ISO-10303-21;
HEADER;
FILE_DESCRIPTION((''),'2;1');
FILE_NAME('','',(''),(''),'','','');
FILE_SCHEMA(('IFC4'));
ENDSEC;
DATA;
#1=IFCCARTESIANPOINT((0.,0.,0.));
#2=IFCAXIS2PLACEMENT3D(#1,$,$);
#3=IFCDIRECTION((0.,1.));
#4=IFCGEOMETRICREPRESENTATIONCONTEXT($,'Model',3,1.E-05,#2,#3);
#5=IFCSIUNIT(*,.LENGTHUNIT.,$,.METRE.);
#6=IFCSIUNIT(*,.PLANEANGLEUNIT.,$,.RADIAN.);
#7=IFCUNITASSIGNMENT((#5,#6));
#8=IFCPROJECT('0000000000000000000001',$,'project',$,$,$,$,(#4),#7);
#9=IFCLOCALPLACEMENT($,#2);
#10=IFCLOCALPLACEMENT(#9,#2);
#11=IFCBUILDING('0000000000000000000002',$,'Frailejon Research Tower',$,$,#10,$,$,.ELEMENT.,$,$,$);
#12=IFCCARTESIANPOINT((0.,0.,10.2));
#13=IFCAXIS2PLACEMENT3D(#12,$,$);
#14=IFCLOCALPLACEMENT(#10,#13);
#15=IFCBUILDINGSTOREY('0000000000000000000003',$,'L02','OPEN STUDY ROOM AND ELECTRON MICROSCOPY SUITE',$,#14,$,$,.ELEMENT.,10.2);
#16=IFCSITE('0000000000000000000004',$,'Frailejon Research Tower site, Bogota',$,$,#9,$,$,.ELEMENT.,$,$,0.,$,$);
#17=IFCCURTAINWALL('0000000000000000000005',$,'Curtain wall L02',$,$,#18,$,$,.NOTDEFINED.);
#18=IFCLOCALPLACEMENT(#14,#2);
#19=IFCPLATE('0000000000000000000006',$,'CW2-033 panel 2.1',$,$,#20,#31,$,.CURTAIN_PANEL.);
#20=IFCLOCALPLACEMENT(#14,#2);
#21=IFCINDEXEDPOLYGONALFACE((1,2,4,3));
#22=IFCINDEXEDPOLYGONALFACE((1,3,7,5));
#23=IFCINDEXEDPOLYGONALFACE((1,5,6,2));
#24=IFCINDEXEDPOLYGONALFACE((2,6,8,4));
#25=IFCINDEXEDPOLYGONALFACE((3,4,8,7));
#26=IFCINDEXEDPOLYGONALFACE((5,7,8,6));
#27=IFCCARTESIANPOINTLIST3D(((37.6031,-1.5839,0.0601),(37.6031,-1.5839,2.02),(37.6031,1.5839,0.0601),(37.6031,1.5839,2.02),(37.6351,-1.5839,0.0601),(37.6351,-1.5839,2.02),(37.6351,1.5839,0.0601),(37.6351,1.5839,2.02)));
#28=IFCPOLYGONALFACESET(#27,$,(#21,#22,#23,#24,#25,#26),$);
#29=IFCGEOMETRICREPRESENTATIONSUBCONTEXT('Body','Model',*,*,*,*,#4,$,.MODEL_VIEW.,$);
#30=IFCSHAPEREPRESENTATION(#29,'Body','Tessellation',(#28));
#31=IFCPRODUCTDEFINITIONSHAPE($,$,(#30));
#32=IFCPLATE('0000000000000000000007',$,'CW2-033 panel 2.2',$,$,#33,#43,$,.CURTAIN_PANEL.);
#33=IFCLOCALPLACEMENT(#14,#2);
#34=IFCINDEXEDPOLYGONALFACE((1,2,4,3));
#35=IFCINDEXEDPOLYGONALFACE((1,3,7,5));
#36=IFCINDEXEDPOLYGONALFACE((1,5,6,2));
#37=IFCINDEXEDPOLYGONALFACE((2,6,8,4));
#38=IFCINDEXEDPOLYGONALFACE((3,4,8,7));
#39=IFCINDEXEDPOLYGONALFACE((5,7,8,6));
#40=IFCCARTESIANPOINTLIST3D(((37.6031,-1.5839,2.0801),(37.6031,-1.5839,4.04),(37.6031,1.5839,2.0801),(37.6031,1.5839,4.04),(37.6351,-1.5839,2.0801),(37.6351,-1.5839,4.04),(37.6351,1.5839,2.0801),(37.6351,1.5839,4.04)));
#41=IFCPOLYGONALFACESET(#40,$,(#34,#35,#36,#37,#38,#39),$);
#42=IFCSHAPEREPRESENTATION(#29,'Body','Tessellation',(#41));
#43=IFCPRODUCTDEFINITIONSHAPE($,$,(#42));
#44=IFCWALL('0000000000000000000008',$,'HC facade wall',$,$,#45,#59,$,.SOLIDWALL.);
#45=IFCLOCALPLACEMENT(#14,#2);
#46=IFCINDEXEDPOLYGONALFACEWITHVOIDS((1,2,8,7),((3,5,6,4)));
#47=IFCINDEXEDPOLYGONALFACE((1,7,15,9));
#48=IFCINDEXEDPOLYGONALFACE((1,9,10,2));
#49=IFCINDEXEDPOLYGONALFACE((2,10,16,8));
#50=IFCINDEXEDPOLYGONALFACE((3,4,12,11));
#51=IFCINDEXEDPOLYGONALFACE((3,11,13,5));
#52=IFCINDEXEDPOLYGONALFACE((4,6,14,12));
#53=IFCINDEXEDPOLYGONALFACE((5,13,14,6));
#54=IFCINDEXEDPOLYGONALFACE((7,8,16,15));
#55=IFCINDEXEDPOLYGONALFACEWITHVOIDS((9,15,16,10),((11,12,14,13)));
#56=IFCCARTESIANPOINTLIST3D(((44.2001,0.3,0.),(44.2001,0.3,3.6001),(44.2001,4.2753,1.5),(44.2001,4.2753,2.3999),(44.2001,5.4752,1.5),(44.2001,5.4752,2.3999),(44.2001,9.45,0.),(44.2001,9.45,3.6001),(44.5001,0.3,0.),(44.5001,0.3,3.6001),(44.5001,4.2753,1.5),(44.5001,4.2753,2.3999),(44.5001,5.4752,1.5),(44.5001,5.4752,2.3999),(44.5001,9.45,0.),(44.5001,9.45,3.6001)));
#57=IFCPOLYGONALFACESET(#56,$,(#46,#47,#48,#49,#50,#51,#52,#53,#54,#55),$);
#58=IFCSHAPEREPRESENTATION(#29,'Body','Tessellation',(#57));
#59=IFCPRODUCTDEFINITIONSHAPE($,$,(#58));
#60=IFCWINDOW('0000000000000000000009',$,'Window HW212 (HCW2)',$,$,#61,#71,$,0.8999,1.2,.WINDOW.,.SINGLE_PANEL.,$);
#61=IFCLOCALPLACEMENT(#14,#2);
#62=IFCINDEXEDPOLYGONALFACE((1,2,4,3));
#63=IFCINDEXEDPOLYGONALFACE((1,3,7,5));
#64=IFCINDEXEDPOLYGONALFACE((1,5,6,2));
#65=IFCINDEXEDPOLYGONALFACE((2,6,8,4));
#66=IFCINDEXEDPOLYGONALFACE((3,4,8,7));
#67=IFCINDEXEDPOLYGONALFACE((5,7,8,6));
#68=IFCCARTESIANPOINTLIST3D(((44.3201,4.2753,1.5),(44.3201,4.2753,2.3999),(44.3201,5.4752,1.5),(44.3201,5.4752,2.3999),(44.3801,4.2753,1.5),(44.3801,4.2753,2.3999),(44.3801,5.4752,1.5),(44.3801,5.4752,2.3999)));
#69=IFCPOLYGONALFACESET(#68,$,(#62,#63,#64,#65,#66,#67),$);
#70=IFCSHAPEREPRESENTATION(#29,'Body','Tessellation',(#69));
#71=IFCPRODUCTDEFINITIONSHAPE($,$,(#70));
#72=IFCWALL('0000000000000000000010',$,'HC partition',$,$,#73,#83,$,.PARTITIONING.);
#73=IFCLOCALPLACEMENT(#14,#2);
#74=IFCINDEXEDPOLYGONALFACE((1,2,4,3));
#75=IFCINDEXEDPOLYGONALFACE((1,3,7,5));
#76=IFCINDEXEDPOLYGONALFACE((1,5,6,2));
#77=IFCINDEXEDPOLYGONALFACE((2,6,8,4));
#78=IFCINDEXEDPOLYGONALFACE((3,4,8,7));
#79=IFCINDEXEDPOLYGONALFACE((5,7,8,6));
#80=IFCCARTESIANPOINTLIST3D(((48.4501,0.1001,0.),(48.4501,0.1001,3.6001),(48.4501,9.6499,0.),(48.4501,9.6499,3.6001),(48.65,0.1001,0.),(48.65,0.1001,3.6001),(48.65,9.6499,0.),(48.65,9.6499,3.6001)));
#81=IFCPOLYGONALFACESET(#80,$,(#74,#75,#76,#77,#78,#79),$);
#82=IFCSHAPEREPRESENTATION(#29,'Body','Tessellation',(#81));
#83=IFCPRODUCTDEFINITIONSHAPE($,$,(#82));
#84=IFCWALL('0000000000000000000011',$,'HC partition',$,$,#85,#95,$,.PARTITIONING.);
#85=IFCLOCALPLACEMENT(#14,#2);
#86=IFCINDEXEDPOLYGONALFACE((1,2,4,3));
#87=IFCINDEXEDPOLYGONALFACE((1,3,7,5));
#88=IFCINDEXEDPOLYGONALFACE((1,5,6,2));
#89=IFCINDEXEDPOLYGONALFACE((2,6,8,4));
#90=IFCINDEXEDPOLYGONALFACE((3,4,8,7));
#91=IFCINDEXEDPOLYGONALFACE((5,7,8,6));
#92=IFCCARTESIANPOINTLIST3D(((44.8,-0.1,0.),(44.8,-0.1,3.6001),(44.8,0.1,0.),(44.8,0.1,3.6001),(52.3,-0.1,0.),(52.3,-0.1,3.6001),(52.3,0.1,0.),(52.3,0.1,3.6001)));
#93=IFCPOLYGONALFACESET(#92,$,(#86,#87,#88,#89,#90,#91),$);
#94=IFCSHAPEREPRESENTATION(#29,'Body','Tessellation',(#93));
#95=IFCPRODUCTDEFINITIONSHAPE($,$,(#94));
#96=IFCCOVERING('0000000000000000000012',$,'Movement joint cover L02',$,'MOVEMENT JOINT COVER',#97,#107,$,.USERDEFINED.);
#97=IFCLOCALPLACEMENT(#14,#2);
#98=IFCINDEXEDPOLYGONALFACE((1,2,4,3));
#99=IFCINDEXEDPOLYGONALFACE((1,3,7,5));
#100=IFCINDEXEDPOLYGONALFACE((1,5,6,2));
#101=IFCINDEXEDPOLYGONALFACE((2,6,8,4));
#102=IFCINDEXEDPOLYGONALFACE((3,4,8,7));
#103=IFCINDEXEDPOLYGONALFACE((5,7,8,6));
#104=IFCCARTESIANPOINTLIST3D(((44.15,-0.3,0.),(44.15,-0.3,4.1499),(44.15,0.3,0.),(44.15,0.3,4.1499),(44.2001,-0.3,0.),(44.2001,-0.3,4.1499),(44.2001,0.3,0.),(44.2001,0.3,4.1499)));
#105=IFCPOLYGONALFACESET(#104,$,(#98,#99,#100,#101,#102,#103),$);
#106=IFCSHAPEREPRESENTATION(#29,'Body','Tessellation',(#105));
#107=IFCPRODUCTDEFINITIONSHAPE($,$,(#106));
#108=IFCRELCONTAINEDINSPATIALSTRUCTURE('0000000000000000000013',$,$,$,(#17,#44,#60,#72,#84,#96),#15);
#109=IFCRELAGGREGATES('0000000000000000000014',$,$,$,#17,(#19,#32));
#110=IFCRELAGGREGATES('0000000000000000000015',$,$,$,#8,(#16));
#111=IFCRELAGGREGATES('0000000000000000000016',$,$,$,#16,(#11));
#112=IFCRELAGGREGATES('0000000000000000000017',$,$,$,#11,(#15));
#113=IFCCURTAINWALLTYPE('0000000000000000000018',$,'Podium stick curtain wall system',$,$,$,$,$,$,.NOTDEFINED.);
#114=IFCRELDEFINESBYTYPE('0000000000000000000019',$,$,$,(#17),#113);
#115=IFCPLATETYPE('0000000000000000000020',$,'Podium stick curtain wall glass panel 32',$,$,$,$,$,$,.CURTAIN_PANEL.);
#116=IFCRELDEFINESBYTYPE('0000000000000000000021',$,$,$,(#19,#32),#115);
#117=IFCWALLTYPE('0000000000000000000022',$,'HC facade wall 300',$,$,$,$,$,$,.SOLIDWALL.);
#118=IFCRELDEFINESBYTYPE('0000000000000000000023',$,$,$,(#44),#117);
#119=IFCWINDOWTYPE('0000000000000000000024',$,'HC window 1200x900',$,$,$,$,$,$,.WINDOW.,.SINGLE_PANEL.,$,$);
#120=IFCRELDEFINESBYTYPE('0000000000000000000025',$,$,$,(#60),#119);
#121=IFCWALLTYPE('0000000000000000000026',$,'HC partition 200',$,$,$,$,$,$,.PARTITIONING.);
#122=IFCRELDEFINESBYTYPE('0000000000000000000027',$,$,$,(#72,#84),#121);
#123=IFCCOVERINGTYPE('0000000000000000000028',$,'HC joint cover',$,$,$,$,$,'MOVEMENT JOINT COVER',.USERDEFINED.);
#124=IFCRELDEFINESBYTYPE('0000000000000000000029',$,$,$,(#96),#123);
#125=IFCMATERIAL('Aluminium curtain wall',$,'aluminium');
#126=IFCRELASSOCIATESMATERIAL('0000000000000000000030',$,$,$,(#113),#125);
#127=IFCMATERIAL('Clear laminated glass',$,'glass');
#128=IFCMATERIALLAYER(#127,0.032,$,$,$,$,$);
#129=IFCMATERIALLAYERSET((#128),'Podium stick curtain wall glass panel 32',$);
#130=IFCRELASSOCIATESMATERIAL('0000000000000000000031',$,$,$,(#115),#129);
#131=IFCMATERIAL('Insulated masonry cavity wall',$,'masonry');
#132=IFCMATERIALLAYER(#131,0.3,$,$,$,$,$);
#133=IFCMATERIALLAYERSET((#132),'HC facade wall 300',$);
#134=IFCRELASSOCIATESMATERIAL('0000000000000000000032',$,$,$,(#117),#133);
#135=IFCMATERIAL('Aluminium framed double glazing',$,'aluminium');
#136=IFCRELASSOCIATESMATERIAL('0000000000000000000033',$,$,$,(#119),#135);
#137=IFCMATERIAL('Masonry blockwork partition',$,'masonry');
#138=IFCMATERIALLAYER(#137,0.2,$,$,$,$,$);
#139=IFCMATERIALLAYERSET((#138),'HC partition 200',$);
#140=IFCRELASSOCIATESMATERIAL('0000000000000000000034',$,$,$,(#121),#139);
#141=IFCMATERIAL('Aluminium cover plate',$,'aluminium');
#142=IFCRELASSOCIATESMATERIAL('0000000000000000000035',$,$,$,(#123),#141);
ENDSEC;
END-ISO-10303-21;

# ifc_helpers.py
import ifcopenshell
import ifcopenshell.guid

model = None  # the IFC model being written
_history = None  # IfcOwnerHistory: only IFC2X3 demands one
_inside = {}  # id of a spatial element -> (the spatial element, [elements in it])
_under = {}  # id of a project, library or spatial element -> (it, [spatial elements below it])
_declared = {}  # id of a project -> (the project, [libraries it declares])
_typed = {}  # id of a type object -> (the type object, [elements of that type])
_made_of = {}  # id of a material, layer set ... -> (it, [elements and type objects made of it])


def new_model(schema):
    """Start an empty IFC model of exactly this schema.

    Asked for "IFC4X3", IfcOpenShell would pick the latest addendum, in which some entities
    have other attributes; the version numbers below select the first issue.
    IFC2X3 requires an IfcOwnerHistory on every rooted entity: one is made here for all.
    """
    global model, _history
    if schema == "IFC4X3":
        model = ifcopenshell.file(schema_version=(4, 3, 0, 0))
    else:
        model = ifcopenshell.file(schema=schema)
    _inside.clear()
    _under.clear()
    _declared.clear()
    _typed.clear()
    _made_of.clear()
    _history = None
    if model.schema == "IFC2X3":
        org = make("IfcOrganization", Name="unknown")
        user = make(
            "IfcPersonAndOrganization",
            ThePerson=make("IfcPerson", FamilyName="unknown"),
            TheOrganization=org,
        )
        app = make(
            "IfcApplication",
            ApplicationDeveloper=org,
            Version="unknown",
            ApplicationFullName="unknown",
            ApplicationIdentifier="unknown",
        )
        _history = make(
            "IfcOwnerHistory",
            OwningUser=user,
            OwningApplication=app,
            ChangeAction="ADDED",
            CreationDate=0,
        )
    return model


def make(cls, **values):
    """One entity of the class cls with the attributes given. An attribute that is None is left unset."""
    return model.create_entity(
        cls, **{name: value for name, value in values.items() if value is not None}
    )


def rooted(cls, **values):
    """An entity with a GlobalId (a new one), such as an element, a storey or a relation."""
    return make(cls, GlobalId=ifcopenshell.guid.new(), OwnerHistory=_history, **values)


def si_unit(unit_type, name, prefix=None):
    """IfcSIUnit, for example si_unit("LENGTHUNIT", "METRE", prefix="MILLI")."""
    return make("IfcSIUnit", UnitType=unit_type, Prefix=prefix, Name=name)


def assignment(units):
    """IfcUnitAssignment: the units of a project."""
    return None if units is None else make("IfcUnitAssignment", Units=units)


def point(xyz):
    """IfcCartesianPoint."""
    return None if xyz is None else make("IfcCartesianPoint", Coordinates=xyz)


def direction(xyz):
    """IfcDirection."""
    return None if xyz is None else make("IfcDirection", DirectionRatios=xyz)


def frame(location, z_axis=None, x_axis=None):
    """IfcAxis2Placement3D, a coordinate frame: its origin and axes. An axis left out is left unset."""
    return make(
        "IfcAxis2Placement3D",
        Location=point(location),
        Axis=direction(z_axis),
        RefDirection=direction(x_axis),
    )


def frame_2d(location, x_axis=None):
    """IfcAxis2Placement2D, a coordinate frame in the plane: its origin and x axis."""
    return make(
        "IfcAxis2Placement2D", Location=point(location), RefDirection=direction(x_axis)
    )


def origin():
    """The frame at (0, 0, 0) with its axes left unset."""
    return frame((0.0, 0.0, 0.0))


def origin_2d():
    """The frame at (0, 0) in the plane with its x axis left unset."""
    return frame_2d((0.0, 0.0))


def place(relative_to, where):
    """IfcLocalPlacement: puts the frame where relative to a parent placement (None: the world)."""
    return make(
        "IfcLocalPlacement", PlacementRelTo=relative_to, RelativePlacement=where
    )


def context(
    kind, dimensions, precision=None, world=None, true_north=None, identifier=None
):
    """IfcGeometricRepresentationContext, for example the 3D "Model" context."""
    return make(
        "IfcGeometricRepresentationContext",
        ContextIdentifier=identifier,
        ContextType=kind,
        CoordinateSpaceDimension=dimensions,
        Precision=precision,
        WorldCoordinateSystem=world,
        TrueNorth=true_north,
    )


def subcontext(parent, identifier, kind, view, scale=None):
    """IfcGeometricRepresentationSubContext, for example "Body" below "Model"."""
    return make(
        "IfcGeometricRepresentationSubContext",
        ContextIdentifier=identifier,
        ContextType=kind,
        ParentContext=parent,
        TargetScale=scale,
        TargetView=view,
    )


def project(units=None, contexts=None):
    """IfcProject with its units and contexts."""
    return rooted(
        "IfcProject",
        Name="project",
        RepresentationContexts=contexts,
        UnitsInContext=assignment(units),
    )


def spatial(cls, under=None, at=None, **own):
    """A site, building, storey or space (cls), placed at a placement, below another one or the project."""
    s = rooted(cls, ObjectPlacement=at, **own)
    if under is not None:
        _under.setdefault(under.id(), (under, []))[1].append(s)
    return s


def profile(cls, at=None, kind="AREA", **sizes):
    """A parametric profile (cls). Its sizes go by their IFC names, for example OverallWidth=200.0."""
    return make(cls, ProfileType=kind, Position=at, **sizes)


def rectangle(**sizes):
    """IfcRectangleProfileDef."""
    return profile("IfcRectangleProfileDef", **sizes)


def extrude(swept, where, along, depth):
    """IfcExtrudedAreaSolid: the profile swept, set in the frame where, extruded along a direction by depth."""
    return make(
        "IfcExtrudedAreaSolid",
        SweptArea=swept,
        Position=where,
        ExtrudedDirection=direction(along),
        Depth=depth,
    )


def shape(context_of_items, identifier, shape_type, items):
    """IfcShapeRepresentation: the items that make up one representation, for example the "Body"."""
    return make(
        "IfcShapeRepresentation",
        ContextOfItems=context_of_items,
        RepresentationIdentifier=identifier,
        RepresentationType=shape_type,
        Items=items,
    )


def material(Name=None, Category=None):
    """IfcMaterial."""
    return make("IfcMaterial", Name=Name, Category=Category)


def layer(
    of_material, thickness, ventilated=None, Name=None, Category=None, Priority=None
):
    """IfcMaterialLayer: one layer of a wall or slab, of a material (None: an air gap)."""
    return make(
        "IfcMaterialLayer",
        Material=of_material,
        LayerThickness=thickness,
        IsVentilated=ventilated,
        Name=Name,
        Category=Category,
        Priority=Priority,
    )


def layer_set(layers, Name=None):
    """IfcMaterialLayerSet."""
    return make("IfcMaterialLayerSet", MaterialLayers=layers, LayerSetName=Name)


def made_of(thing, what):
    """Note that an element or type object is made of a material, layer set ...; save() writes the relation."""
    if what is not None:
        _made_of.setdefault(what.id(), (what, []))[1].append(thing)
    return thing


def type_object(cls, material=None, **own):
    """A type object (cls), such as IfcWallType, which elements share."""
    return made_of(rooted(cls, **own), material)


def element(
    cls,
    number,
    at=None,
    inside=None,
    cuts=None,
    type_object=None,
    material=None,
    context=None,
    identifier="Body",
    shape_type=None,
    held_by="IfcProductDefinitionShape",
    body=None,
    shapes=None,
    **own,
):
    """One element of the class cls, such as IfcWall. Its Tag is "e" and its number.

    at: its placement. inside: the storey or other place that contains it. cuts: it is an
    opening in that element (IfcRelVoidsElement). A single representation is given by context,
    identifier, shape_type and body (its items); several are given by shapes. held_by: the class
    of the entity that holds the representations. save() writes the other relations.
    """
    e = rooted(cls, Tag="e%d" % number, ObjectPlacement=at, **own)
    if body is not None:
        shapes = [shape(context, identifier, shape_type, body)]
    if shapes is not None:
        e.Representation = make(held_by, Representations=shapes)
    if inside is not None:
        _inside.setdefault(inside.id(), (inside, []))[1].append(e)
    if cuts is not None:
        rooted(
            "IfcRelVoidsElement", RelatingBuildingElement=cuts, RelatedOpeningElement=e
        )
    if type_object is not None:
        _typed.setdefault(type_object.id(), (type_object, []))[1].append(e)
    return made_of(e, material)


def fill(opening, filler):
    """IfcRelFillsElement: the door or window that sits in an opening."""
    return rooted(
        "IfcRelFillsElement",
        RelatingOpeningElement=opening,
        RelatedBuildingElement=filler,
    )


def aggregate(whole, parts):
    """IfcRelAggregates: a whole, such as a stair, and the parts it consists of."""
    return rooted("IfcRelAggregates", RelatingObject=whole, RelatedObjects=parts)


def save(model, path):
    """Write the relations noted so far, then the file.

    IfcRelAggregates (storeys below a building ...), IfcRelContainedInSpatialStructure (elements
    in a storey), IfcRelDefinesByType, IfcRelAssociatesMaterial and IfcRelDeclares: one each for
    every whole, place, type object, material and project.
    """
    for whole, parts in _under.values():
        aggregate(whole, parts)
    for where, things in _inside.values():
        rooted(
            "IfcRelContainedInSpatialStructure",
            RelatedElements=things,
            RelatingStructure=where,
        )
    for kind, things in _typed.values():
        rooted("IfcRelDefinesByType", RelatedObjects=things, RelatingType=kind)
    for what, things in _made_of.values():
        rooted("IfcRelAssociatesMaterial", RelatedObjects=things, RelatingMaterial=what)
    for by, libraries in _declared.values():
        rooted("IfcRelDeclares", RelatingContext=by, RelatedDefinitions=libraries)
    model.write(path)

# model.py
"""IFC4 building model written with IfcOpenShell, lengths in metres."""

from ifc_helpers import new_model, si_unit, direction, frame, frame_2d, origin, origin_2d, place, context, subcontext, project, spatial, rectangle, extrude, material, layer, layer_set, type_object, element, fill, aggregate, save


model = new_model("IFC4")

# Units and contexts
model_context = context("Model", 3, precision=1e-05, world=origin(), true_north=direction((0.0, 1.0)))
body_context = subcontext(model_context, "Body", "Model", "MODEL_VIEW")
ifc_project = project(units=[si_unit("LENGTHUNIT", "METRE"), si_unit("PLANEANGLEUNIT", "RADIAN")], contexts=[model_context])

# Site, building, storey
site_placement = place(None, origin())
site = spatial("IfcSite", under=ifc_project, at=site_placement, Name="Frailejon Research Tower site, Bogota", CompositionType="ELEMENT", RefElevation=0.0)
building_placement = place(site_placement, origin())
building = spatial("IfcBuilding", under=site, at=building_placement, Name="Frailejon Research Tower", CompositionType="ELEMENT")
storey_placement = place(building_placement, frame((0.0, 0.0, 10.2)))
storey = spatial("IfcBuildingStorey", under=building, at=storey_placement, Name="L02", Description="OPEN STUDY ROOM AND ELECTRON MICROSCOPY SUITE", CompositionType="ELEMENT", Elevation=10.2)

# Curtain wall, plates
ifc_material_1 = material(Name="Aluminium curtain wall", Category="aluminium")
curtain_wall_type = type_object("IfcCurtainWallType", Name="Podium stick curtain wall system", PredefinedType="NOTDEFINED", material=ifc_material_1)
curtain_wall_placement = place(storey_placement, origin())
curtain_wall = element("IfcCurtainWall", 1, at=curtain_wall_placement, inside=storey, type_object=curtain_wall_type, Name="Curtain wall L02", PredefinedType="NOTDEFINED")
ifc_material_2 = material(Name="Clear laminated glass", Category="glass")
ifc_layer_1 = layer(ifc_material_2, 0.032)
ifc_layer_set_1 = layer_set([ifc_layer_1], Name="Podium stick curtain wall glass panel 32")
plate_type = type_object("IfcPlateType", Name="Podium stick curtain wall glass panel 32", PredefinedType="CURTAIN_PANEL", material=ifc_layer_set_1)
plate_1_placement = place(storey_placement, frame((37.6191, 0.0, 0.0601), z_axis=(0.0, 0.0, 1.0), x_axis=(0.0, 1.0, 0.0)))
plate_1 = element("IfcPlate", 2, at=plate_1_placement, type_object=plate_type, Name="CW2-033 panel 2.1", PredefinedType="CURTAIN_PANEL", context=body_context, shape_type="SweptSolid", body=[
    extrude(rectangle(XDim=3.1677, YDim=0.032, at=origin_2d()), origin(), (0.0, 0.0, 1.0), 1.96),
])
plate_2_placement = place(storey_placement, frame((37.6191, 0.0, 2.0801), z_axis=(0.0, 0.0, 1.0), x_axis=(0.0, 1.0, 0.0)))
plate_2 = element("IfcPlate", 3, at=plate_2_placement, type_object=plate_type, Name="CW2-033 panel 2.2", PredefinedType="CURTAIN_PANEL", context=body_context, shape_type="SweptSolid", body=[
    extrude(rectangle(XDim=3.1677, YDim=0.032, at=origin_2d()), origin(), (0.0, 0.0, 1.0), 1.96),
])
aggregate(curtain_wall, [plate_1, plate_2])

# Wall, opening, window
ifc_material_3 = material(Name="Insulated masonry cavity wall", Category="masonry")
ifc_layer_2 = layer(ifc_material_3, 0.3)
ifc_layer_set_2 = layer_set([ifc_layer_2], Name="HC facade wall 300")
wall_type_1 = type_object("IfcWallType", Name="HC facade wall 300", PredefinedType="SOLIDWALL", material=ifc_layer_set_2)
wall_1_placement = place(storey_placement, frame((44.3501, 0.3, 0.0), z_axis=(0.0, 0.0, 1.0), x_axis=(0.0, 1.0, 0.0)))
wall_1 = element("IfcWall", 4, at=wall_1_placement, inside=storey, type_object=wall_type_1, Name="HC facade wall", PredefinedType="SOLIDWALL", context=body_context, shape_type="SweptSolid", body=[
    extrude(rectangle(XDim=9.1499, YDim=0.3, at=frame_2d((4.575, 0.0))), origin(), (0.0, 0.0, 1.0), 3.6001),
])
opening_placement = place(wall_1_placement, frame((3.9751, 0.0, 1.5)))
opening = element("IfcOpeningElement", 5, at=opening_placement, cuts=wall_1, PredefinedType="OPENING", context=body_context, shape_type="SweptSolid", body=[
    extrude(rectangle(XDim=1.2, YDim=0.8999, at=frame_2d((0.6001, 0.45))), frame((0.0, 0.1599, 0.0), z_axis=(0.0, -1.0, 0.0), x_axis=(1.0, 0.0, 0.0)), (0.0, 0.0, 1.0), 0.3201),
])
ifc_material_4 = material(Name="Aluminium framed double glazing", Category="aluminium")
window_type = type_object("IfcWindowType", Name="HC window 1200x900", PartitioningType="SINGLE_PANEL", PredefinedType="WINDOW", material=ifc_material_4)
window_placement = place(opening_placement, origin())
window = element("IfcWindow", 6, at=window_placement, inside=storey, type_object=window_type, Name="Window HW212 (HCW2)", OverallHeight=0.8999, OverallWidth=1.2, PartitioningType="SINGLE_PANEL", PredefinedType="WINDOW", context=body_context, shape_type="SweptSolid", body=[
    extrude(rectangle(XDim=1.2, YDim=0.8999, at=frame_2d((0.6001, 0.45))), frame((0.0, 0.03, 0.0), z_axis=(0.0, -1.0, 0.0), x_axis=(1.0, 0.0, 0.0)), (0.0, 0.0, 1.0), 0.0601),
])
fill(opening, window)

# Walls
ifc_material_5 = material(Name="Masonry blockwork partition", Category="masonry")
ifc_layer_3 = layer(ifc_material_5, 0.2)
ifc_layer_set_3 = layer_set([ifc_layer_3], Name="HC partition 200")
wall_type_2 = type_object("IfcWallType", Name="HC partition 200", PredefinedType="PARTITIONING", material=ifc_layer_set_3)
wall_2_placement = place(storey_placement, frame((48.55, 0.1001, 0.0), z_axis=(0.0, 0.0, 1.0), x_axis=(0.0, 1.0, 0.0)))
element("IfcWall", 7, at=wall_2_placement, inside=storey, type_object=wall_type_2, Name="HC partition", PredefinedType="PARTITIONING", context=body_context, shape_type="SweptSolid", body=[
    extrude(rectangle(XDim=9.5498, YDim=0.2, at=frame_2d((4.7749, 0.0))), origin(), (0.0, 0.0, 1.0), 3.6001),
])
wall_3_placement = place(storey_placement, frame((44.8, 0.0, 0.0), z_axis=(0.0, 0.0, 1.0), x_axis=(1.0, 0.0, 0.0)))
element("IfcWall", 8, at=wall_3_placement, inside=storey, type_object=wall_type_2, Name="HC partition", PredefinedType="PARTITIONING", context=body_context, shape_type="SweptSolid", body=[
    extrude(rectangle(XDim=7.5, YDim=0.2, at=frame_2d((3.75, 0.0))), origin(), (0.0, 0.0, 1.0), 3.6001),
])

# Covering
ifc_material_6 = material(Name="Aluminium cover plate", Category="aluminium")
covering_type = type_object("IfcCoveringType", Name="HC joint cover", ElementType="MOVEMENT JOINT COVER", PredefinedType="USERDEFINED", material=ifc_material_6)
covering_placement = place(storey_placement, frame((44.175, 0.0, 0.0), z_axis=(0.0, 0.0, 1.0), x_axis=(1.0, 0.0, 0.0)))
element("IfcCovering", 9, at=covering_placement, inside=storey, type_object=covering_type, Name="Movement joint cover L02", ObjectType="MOVEMENT JOINT COVER", PredefinedType="USERDEFINED", context=body_context, shape_type="SweptSolid", body=[
    extrude(rectangle(XDim=0.05, YDim=0.6001, at=origin_2d()), origin(), (0.0, 0.0, 1.0), 4.1499),
])

save(model, "model.ifc")
